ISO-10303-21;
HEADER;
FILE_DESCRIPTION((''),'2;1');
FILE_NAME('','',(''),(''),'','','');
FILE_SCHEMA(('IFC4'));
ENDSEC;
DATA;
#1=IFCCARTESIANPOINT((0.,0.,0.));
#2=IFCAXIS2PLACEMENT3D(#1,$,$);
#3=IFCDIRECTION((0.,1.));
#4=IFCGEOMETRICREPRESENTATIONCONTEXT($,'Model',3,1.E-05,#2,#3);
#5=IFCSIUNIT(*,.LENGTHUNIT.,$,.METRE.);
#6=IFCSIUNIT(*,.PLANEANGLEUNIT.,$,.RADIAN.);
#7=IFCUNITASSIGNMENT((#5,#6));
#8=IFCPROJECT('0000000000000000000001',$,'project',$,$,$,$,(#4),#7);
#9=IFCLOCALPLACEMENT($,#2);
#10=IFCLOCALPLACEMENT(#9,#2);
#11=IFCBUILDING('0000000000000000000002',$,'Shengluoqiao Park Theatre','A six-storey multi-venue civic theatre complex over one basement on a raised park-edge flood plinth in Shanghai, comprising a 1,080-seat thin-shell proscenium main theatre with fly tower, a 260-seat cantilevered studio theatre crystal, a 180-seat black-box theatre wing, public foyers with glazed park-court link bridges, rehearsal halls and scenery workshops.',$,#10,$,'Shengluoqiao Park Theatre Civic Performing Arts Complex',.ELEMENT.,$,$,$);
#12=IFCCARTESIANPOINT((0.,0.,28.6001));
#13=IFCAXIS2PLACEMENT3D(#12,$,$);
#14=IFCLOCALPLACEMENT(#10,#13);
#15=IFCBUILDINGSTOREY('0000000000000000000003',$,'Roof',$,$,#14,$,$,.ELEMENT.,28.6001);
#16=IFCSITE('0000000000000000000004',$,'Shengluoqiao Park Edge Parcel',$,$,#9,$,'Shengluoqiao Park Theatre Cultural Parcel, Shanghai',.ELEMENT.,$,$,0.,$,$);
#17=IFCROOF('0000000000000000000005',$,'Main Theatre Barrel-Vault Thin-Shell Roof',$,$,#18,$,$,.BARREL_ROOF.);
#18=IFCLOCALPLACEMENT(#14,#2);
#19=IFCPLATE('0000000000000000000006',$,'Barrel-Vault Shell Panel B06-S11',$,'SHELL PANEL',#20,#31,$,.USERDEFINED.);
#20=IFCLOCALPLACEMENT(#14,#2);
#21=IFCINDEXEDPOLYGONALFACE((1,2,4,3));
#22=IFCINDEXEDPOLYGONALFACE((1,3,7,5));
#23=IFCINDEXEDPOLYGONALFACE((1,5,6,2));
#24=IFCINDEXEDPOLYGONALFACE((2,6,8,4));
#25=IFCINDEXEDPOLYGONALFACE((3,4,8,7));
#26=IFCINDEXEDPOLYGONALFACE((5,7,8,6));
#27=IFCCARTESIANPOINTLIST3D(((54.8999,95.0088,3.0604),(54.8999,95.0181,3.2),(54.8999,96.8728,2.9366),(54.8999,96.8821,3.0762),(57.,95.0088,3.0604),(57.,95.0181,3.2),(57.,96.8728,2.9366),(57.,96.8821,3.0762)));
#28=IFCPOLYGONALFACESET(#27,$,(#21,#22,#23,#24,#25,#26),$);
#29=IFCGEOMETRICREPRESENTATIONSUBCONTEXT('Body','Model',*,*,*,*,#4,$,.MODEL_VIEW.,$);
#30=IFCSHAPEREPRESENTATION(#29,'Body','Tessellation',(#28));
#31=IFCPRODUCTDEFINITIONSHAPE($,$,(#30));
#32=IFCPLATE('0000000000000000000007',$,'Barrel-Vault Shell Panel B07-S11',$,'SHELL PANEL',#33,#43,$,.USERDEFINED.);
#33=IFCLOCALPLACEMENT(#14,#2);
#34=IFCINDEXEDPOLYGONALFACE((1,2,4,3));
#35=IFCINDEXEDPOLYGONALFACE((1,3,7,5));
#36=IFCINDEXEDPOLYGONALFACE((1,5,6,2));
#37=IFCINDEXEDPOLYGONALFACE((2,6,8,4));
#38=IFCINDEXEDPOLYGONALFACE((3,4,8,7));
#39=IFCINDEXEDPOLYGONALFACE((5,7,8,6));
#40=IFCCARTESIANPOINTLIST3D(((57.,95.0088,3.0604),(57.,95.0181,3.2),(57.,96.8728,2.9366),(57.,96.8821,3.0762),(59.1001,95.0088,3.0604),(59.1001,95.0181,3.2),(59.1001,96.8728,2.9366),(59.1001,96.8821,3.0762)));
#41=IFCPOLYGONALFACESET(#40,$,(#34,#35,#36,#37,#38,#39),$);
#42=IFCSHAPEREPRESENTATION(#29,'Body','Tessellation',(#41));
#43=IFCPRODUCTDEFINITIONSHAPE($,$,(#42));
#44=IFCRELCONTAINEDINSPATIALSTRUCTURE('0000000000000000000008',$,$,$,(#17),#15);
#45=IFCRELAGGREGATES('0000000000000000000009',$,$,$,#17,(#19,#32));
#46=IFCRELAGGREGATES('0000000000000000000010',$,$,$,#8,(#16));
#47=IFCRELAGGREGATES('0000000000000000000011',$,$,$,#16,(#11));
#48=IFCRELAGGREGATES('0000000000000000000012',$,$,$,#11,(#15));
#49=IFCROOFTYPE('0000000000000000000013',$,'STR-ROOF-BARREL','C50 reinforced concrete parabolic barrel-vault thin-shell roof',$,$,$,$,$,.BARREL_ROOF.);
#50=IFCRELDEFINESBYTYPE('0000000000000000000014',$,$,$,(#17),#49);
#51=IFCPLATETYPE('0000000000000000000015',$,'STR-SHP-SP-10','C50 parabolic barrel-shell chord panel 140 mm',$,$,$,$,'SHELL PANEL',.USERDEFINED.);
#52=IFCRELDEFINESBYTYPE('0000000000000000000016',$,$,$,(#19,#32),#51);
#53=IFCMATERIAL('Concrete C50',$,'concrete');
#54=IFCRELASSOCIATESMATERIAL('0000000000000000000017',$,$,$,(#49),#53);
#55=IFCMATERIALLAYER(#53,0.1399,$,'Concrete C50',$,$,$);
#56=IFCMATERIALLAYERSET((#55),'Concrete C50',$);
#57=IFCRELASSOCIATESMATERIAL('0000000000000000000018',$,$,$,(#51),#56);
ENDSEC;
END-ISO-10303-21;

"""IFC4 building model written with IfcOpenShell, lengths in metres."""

from ifc_helpers import new_model, si_unit, direction, frame, origin, place, context, subcontext, project, spatial, polyline, outline, extrude, material, layer, layer_set, type_object, element, aggregate, save


model = new_model("IFC4")

# Units and contexts
model_context = context("Model", 3, precision=1e-05, world=origin(), true_north=direction((0.0, 1.0)))
body_context = subcontext(model_context, "Body", "Model", "MODEL_VIEW")
ifc_project = project(units=[si_unit("LENGTHUNIT", "METRE"), si_unit("PLANEANGLEUNIT", "RADIAN")], contexts=[model_context])

# Site, building, storey
site_placement = place(None, origin())
site = spatial("IfcSite", under=ifc_project, at=site_placement, Name="Shengluoqiao Park Edge Parcel", LongName="Shengluoqiao Park Theatre Cultural Parcel, Shanghai", CompositionType="ELEMENT", RefElevation=0.0)
building_placement = place(site_placement, origin())
building = spatial("IfcBuilding", under=site, at=building_placement, Name="Shengluoqiao Park Theatre", Description="A six-storey multi-venue civic theatre complex over one basement on a raised park-edge flood plinth in Shanghai, comprising a 1,080-seat thin-shell proscenium main theatre with fly tower, a 260-seat cantilevered studio theatre crystal, a 180-seat black-box theatre wing, public foyers with glazed park-court link bridges, rehearsal halls and scenery workshops.", LongName="Shengluoqiao Park Theatre Civic Performing Arts Complex", CompositionType="ELEMENT")
storey_placement = place(building_placement, frame((0.0, 0.0, 28.6001)))
storey = spatial("IfcBuildingStorey", under=building, at=storey_placement, Name="Roof", CompositionType="ELEMENT", Elevation=28.6001)

# Shared definitions
ifc_material_1 = material(Name="Concrete C50", Category="concrete")

# Roof, plates
roof_type = type_object("IfcRoofType", Name="STR-ROOF-BARREL", Description="C50 reinforced concrete parabolic barrel-vault thin-shell roof", PredefinedType="BARREL_ROOF", material=ifc_material_1)
roof_placement = place(storey_placement, origin())
roof = element("IfcRoof", 1, at=roof_placement, inside=storey, type_object=roof_type, Name="Main Theatre Barrel-Vault Thin-Shell Roof", PredefinedType="BARREL_ROOF")
ifc_layer_1 = layer(ifc_material_1, 0.1399, Name="Concrete C50")
ifc_layer_set_1 = layer_set([ifc_layer_1], Name="Concrete C50")
plate_type_1 = type_object("IfcPlateType", Name="STR-SHP-SP-10", Description="C50 parabolic barrel-shell chord panel 140 mm", ElementType="SHELL PANEL", PredefinedType="USERDEFINED", material=ifc_layer_set_1)
plate_1_placement = place(storey_placement, frame((54.8999, 95.0181, 3.2), z_axis=(0.0, 0.066259, 0.997802), x_axis=(1.0, 0.0, 0.0)))
plate_1 = element("IfcPlate", 2, at=plate_1_placement, type_object=plate_type_1, Name="Barrel-Vault Shell Panel B06-S11", ObjectType="SHELL PANEL", PredefinedType="USERDEFINED", context=body_context, shape_type="SweptSolid", body=[
    extrude(outline(polyline([(0.0, 0.0), (2.1001, 0.0), (2.1001, 1.8681), (0.0, 1.8681), (0.0, 0.0)])), origin(), (0.0, 0.0, -1.0), 0.1399),
])
plate_2_placement = place(storey_placement, frame((57.0, 95.0181, 3.2), z_axis=(0.0, 0.066259, 0.997802), x_axis=(1.0, 0.0, 0.0)))
plate_2 = element("IfcPlate", 3, at=plate_2_placement, type_object=plate_type_1, Name="Barrel-Vault Shell Panel B07-S11", ObjectType="SHELL PANEL", PredefinedType="USERDEFINED", context=body_context, shape_type="SweptSolid", body=[
    extrude(outline(polyline([(0.0, 0.0), (2.1001, 0.0), (2.1001, 1.8681), (0.0, 1.8681), (0.0, 0.0)])), origin(), (0.0, 0.0, -1.0), 0.1399),
])
aggregate(roof, [plate_1, plate_2])

save(model, "model.ifc")
